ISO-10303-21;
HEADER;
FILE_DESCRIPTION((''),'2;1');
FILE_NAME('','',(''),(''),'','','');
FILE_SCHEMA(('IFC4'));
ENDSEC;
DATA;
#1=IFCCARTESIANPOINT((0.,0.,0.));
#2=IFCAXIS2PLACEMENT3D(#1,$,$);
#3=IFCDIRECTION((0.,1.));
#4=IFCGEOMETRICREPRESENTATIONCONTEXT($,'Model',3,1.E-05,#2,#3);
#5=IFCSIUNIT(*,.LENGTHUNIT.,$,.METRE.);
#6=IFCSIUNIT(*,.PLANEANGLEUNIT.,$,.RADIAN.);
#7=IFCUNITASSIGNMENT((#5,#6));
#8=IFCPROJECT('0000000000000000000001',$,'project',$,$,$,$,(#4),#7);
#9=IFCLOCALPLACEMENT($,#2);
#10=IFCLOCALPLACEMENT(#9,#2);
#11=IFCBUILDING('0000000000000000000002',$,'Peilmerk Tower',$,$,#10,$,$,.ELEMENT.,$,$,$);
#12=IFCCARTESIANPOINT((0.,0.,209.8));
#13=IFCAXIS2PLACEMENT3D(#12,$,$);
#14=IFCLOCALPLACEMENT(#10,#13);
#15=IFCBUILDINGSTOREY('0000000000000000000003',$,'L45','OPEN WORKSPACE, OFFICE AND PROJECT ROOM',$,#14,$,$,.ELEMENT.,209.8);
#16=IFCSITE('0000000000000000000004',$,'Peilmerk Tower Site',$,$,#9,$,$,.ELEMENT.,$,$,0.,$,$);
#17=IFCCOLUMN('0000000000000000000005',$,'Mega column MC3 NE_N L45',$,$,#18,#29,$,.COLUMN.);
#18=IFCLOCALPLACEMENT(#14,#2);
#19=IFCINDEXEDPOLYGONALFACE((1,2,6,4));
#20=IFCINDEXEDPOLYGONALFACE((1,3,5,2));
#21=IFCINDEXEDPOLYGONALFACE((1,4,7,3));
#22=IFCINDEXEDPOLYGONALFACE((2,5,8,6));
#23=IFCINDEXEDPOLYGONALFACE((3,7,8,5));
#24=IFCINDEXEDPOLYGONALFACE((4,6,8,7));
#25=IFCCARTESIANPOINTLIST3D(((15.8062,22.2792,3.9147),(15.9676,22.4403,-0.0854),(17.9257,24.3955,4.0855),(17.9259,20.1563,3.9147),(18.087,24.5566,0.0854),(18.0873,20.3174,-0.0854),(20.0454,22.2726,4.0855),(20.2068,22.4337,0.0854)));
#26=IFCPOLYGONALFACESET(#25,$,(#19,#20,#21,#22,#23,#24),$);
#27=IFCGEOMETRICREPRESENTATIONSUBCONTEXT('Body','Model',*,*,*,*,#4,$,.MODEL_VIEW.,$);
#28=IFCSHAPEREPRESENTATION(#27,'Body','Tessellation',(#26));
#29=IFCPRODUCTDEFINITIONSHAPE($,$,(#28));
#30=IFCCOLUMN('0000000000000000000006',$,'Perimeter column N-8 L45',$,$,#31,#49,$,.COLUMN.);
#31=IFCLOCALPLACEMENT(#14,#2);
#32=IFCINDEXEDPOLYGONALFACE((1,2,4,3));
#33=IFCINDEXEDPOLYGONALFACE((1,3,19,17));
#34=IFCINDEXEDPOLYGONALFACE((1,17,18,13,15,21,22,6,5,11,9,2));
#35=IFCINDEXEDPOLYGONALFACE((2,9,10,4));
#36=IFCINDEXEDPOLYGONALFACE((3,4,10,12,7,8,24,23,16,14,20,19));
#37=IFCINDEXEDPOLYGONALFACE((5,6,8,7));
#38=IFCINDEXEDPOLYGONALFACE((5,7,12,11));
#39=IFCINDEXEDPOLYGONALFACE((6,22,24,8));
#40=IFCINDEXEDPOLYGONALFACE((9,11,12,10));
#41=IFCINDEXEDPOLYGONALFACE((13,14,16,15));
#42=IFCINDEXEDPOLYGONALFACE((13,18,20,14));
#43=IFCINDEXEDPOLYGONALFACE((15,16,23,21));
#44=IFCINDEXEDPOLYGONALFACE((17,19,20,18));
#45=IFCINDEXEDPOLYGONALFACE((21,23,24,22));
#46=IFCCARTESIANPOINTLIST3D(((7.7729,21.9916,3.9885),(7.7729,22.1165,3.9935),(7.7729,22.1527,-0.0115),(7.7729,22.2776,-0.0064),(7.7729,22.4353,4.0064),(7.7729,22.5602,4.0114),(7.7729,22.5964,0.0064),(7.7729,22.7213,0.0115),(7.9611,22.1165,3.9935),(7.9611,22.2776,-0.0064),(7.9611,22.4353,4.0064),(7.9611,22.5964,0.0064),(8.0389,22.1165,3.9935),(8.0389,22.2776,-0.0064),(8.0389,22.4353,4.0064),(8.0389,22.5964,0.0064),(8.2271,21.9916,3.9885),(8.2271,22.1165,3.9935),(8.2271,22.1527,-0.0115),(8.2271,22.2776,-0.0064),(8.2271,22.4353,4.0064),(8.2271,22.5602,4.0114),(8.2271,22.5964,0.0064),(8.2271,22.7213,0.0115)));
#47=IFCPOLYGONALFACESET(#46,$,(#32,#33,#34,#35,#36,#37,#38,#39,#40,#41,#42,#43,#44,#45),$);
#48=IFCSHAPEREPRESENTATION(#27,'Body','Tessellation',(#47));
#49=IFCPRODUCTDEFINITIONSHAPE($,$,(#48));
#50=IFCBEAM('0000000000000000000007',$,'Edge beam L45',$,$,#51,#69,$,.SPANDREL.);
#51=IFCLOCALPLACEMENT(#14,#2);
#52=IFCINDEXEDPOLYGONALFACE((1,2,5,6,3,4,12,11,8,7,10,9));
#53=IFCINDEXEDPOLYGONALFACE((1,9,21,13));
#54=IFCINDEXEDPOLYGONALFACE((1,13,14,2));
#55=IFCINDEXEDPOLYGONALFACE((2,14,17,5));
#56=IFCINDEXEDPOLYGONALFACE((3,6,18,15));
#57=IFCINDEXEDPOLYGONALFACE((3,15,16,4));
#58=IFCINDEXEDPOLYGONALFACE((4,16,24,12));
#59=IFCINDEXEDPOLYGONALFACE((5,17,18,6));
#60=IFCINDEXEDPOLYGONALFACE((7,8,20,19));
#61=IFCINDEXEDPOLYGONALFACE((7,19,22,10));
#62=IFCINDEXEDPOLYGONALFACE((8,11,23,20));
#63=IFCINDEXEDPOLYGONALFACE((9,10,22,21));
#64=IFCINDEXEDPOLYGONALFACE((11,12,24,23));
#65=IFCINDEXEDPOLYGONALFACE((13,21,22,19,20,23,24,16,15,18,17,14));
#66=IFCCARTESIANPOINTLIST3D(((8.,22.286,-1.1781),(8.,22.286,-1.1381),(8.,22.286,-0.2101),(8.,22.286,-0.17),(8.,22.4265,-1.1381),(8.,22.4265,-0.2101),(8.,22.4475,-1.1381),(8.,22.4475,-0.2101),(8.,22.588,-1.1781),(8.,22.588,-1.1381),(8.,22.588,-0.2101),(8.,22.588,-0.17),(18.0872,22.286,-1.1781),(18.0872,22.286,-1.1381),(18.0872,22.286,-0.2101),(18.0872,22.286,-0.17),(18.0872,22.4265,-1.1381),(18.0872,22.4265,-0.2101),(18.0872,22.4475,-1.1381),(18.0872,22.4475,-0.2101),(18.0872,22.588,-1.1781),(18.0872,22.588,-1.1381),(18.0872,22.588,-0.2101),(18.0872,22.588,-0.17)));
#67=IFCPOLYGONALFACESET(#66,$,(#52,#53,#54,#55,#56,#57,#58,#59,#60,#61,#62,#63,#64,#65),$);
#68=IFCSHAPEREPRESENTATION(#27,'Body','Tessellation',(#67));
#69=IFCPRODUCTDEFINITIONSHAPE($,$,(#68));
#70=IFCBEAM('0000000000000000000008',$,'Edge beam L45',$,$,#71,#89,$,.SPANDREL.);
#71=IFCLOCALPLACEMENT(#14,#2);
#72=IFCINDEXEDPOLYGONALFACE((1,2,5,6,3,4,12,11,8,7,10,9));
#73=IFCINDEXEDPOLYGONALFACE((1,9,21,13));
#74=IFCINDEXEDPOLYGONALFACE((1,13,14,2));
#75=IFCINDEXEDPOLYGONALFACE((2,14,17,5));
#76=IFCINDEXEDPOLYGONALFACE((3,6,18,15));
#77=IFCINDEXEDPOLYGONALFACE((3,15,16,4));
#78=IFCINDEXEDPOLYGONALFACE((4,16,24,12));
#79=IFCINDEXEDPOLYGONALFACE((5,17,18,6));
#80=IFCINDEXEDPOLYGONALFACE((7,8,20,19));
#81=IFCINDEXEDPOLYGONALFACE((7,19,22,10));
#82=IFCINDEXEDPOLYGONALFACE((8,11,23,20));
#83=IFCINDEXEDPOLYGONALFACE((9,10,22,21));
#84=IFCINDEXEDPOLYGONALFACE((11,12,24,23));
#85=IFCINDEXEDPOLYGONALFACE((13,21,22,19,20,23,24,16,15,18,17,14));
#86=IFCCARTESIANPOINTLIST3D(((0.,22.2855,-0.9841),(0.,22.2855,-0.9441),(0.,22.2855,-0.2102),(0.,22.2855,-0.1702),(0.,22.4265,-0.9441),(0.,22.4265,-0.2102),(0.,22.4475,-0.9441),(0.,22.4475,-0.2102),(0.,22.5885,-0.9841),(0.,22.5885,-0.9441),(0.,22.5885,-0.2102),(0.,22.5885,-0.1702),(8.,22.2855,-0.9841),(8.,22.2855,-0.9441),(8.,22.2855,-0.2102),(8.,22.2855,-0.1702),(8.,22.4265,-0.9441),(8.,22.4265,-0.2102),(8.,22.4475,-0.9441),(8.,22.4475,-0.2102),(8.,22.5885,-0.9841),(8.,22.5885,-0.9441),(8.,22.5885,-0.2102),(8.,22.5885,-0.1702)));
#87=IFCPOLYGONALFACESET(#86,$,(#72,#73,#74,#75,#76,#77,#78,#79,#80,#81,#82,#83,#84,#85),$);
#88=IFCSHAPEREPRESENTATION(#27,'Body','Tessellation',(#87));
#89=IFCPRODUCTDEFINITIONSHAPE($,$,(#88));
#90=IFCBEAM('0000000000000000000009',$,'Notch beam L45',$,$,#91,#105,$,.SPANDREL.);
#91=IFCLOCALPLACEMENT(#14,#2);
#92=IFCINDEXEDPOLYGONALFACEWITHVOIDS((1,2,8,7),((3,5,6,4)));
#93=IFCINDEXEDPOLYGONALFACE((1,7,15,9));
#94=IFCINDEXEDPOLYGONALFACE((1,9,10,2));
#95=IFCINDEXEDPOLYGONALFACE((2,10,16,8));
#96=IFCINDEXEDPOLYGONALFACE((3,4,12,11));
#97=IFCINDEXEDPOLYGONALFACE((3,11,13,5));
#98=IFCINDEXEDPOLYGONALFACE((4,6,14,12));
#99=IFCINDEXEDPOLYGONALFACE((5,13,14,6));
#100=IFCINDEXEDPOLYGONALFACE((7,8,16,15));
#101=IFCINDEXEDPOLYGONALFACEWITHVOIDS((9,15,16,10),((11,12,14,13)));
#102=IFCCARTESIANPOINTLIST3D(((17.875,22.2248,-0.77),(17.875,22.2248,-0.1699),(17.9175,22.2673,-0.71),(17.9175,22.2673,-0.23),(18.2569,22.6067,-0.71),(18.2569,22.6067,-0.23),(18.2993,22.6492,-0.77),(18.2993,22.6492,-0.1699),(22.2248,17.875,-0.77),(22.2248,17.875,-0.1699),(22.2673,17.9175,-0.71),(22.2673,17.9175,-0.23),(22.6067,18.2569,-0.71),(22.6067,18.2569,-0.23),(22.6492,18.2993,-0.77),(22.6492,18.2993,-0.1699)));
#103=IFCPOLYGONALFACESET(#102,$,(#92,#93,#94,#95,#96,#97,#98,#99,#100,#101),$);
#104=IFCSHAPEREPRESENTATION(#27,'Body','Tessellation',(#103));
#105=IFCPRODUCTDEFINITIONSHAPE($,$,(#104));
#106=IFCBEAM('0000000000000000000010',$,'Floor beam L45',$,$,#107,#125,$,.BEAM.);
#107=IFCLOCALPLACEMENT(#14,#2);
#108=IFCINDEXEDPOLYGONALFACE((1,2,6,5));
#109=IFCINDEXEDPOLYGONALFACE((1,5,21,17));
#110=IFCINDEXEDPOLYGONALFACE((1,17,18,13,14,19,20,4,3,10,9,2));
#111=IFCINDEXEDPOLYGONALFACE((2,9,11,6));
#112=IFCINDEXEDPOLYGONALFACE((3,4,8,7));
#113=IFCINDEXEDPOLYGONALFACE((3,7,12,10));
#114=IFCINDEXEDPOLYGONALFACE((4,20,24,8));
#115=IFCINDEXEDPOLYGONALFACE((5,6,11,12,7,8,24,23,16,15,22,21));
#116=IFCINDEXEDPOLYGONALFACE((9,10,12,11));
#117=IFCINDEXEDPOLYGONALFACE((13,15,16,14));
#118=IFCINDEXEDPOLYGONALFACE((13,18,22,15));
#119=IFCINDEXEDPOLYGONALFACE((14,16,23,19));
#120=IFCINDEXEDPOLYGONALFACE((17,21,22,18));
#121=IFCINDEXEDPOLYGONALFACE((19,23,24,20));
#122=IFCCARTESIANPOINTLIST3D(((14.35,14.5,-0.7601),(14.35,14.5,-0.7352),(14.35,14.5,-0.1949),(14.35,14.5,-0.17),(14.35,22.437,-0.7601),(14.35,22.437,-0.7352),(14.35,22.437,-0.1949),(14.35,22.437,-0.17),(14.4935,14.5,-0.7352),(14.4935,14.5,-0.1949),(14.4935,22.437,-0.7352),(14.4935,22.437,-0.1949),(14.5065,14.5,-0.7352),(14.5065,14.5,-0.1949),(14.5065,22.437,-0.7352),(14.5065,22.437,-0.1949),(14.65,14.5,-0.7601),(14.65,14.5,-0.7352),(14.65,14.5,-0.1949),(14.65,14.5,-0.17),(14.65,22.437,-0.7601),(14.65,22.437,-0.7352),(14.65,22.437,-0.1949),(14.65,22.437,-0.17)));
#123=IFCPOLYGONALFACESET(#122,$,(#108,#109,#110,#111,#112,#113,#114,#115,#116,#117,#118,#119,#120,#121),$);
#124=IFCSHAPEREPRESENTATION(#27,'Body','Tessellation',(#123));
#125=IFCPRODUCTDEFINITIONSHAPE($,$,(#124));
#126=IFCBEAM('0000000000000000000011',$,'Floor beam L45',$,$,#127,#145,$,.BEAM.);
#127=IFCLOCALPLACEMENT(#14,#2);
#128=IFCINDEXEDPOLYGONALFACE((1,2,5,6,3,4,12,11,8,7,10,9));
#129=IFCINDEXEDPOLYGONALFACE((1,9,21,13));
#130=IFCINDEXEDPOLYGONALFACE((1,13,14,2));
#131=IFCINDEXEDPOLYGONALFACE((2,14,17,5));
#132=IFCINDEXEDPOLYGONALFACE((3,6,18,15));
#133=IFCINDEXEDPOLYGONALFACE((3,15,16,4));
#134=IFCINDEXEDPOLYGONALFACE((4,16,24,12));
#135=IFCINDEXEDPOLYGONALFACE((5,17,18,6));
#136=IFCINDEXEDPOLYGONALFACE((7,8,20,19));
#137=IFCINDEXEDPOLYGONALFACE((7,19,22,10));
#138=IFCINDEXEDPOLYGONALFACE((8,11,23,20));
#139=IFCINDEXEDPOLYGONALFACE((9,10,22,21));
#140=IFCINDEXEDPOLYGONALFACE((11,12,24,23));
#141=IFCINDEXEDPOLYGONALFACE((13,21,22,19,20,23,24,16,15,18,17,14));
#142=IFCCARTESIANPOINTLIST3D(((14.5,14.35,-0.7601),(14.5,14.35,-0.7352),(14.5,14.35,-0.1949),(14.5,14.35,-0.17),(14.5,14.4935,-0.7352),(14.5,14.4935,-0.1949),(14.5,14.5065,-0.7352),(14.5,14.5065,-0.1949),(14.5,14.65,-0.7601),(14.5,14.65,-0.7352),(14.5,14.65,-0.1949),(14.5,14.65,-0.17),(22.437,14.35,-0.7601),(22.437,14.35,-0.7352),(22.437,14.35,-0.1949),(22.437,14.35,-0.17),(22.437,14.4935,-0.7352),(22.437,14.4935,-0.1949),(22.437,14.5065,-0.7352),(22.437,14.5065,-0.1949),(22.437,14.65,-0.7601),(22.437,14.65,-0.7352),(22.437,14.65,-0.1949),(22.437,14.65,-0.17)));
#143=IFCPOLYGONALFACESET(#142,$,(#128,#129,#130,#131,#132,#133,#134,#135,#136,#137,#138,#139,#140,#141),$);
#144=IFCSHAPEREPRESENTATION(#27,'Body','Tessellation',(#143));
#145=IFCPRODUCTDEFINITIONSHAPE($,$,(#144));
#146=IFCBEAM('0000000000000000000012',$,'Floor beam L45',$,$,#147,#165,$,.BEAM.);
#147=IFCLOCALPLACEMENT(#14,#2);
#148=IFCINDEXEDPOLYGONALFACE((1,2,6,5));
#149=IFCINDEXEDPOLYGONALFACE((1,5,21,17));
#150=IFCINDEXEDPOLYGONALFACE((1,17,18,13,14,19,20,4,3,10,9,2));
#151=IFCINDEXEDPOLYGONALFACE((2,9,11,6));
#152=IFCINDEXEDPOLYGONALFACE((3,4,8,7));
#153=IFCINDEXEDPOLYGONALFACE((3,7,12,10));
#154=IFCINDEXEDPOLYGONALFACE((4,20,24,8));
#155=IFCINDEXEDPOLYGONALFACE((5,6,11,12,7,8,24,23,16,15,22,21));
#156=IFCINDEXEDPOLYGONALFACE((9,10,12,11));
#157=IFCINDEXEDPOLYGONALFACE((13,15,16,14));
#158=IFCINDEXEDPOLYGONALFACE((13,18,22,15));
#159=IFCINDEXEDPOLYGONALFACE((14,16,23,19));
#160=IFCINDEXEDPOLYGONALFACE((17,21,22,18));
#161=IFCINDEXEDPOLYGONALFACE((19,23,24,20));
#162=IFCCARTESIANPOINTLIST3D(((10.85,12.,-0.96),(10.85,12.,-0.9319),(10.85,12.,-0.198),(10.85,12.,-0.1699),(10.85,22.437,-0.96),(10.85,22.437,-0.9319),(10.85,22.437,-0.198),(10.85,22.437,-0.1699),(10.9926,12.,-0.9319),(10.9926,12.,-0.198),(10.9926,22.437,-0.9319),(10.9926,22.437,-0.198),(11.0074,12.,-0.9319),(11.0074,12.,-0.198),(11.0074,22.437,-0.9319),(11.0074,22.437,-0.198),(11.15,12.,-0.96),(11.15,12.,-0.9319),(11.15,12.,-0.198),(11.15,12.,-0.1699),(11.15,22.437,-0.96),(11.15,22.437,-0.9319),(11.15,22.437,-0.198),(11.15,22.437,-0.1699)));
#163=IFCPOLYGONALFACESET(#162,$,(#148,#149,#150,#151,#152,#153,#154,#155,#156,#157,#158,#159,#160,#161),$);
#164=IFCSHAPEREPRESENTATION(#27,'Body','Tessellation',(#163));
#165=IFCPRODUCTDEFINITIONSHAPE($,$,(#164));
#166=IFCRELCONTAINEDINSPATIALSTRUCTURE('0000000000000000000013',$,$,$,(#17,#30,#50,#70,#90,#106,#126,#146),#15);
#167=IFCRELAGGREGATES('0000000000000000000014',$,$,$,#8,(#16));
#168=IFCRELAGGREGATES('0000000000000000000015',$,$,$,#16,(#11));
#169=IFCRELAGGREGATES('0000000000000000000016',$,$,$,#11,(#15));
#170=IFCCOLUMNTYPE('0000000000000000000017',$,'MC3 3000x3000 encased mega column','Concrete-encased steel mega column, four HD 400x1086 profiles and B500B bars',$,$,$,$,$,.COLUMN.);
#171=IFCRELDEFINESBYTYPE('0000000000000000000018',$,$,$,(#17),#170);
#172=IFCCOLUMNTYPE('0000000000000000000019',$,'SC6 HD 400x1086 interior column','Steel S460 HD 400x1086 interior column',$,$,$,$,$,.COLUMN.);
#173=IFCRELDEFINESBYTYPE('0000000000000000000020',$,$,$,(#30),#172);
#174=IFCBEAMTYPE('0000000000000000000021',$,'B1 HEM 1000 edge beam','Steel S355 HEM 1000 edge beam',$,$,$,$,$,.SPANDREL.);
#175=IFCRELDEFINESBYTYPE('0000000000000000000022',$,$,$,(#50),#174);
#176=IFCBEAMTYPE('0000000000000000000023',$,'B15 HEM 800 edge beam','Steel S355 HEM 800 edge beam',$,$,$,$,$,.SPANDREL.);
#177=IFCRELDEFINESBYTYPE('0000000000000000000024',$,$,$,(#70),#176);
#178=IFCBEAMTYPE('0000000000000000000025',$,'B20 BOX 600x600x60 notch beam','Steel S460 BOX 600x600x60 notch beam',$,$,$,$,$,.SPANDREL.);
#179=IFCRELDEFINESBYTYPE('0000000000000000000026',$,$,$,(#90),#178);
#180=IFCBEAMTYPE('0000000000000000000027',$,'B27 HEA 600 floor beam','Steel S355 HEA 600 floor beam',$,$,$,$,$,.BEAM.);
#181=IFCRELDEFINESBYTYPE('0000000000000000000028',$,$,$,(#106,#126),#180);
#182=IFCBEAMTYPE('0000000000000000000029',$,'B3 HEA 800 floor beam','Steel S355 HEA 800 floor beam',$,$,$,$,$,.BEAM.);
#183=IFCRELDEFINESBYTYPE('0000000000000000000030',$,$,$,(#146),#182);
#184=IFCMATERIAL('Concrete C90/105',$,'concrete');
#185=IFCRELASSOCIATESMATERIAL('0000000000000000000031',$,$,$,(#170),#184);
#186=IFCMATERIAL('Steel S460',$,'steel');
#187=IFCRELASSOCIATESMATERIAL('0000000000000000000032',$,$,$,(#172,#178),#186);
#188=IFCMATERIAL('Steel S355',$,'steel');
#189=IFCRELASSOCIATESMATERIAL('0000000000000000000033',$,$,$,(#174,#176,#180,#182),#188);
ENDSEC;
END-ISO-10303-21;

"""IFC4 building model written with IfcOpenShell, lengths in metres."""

from ifc_helpers import new_model, si_unit, direction, frame, origin, origin_2d, place, context, subcontext, project, spatial, rectangle, hollow_rectangle, i_section, extrude, material, material_profile, profile_set, type_object, element, save


model = new_model("IFC4")

# Units and contexts
model_context = context("Model", 3, precision=1e-05, world=origin(), true_north=direction((0.0, 1.0)))
body_context = subcontext(model_context, "Body", "Model", "MODEL_VIEW")
ifc_project = project(units=[si_unit("LENGTHUNIT", "METRE"), si_unit("PLANEANGLEUNIT", "RADIAN")], contexts=[model_context])

# Site, building, storey
site_placement = place(None, origin())
site = spatial("IfcSite", under=ifc_project, at=site_placement, Name="Peilmerk Tower Site", CompositionType="ELEMENT", RefElevation=0.0)
building_placement = place(site_placement, origin())
building = spatial("IfcBuilding", under=site, at=building_placement, Name="Peilmerk Tower", CompositionType="ELEMENT")
storey_placement = place(building_placement, frame((0.0, 0.0, 209.8)))
storey = spatial("IfcBuildingStorey", under=building, at=storey_placement, Name="L45", Description="OPEN WORKSPACE, OFFICE AND PROJECT ROOM", CompositionType="ELEMENT", Elevation=209.8)

# Columns
ifc_material_1 = material(Name="Concrete C90/105", Category="concrete")
ifc_material_profile_1 = material_profile(ifc_material_1, rectangle(XDim=3.0, YDim=3.0, at=origin_2d()), Name="RC 3000x3000")
ifc_profile_set_1 = profile_set([ifc_material_profile_1], Name="Concrete C90/105")
column_type_1 = type_object("IfcColumnType", Name="MC3 3000x3000 encased mega column", Description="Concrete-encased steel mega column, four HD 400x1086 profiles and B500B bars", PredefinedType="COLUMN", material=ifc_profile_set_1)
column_1_placement = place(storey_placement, frame((18.0872, 22.437, 0.0), z_axis=(-0.040279, -0.040218, 0.998379), x_axis=(0.706571, -0.707642, 0.0)))
element("IfcColumn", 1, at=column_1_placement, inside=storey, type_object=column_type_1, Name="Mega column MC3 NE_N L45", PredefinedType="COLUMN", context=body_context, shape_type="SweptSolid", body=[
    extrude(rectangle(XDim=3.0, YDim=3.0, at=origin_2d()), origin(), (0.0, 0.0, 1.0), 4.0066),
])
ifc_material_2 = material(Name="Steel S460", Category="steel")
ifc_material_profile_2 = material_profile(ifc_material_2, i_section(OverallWidth=0.4541, OverallDepth=0.5691, WebThickness=0.0779, FlangeThickness=0.125, at=origin_2d()), Name="HD 400x1086")
ifc_profile_set_2 = profile_set([ifc_material_profile_2], Name="Steel S460")
column_type_2 = type_object("IfcColumnType", Name="SC6 HD 400x1086 interior column", Description="Steel S460 HD 400x1086 interior column", PredefinedType="COLUMN", material=ifc_profile_set_2)
column_2_placement = place(storey_placement, frame((8.0, 22.437, 0.0), z_axis=(0.0, -0.040251, 0.99919), x_axis=(1.0, 0.0, 0.0)))
element("IfcColumn", 2, at=column_2_placement, inside=storey, type_object=column_type_2, Name="Perimeter column N-8 L45", PredefinedType="COLUMN", context=body_context, shape_type="SweptSolid", body=[
    extrude(i_section(OverallWidth=0.4541, OverallDepth=0.5691, WebThickness=0.0779, FlangeThickness=0.125, at=origin_2d()), origin(), (0.0, 0.0, 1.0), 4.0032),
])

# Beams
ifc_material_3 = material(Name="Steel S355", Category="steel")
ifc_material_profile_3 = material_profile(ifc_material_3, i_section(OverallWidth=0.302, OverallDepth=1.0081, WebThickness=0.021, FlangeThickness=0.04, at=origin_2d()), Name="HEM 1000")
ifc_profile_set_3 = profile_set([ifc_material_profile_3], Name="Steel S355")
beam_type_1 = type_object("IfcBeamType", Name="B1 HEM 1000 edge beam", Description="Steel S355 HEM 1000 edge beam", PredefinedType="SPANDREL", material=ifc_profile_set_3)
beam_1_placement = place(storey_placement, frame((18.0872, 22.437, -0.6741), z_axis=(-1.0, 0.0, 0.0), x_axis=(0.0, -1.0, 0.0)))
element("IfcBeam", 3, at=beam_1_placement, inside=storey, type_object=beam_type_1, Name="Edge beam L45", PredefinedType="SPANDREL", context=body_context, shape_type="SweptSolid", body=[
    extrude(i_section(OverallWidth=0.302, OverallDepth=1.0081, WebThickness=0.021, FlangeThickness=0.04, at=origin_2d()), origin(), (0.0, 0.0, 1.0), 10.0872),
])
ifc_material_profile_4 = material_profile(ifc_material_3, i_section(OverallWidth=0.303, OverallDepth=0.814, WebThickness=0.021, FlangeThickness=0.04, at=origin_2d()), Name="HEM 800")
ifc_profile_set_4 = profile_set([ifc_material_profile_4], Name="Steel S355")
beam_type_2 = type_object("IfcBeamType", Name="B15 HEM 800 edge beam", Description="Steel S355 HEM 800 edge beam", PredefinedType="SPANDREL", material=ifc_profile_set_4)
beam_2_placement = place(storey_placement, frame((8.0, 22.437, -0.5771), z_axis=(-1.0, 0.0, 0.0), x_axis=(0.0, -1.0, 0.0)))
element("IfcBeam", 4, at=beam_2_placement, inside=storey, type_object=beam_type_2, Name="Edge beam L45", PredefinedType="SPANDREL", context=body_context, shape_type="SweptSolid", body=[
    extrude(i_section(OverallWidth=0.303, OverallDepth=0.814, WebThickness=0.021, FlangeThickness=0.04, at=origin_2d()), origin(), (0.0, 0.0, 1.0), 8.0),
])
ifc_material_profile_5 = material_profile(ifc_material_2, hollow_rectangle(XDim=0.6001, YDim=0.6001, WallThickness=0.0601, at=origin_2d()), Name="BOX 600x600x60")
ifc_profile_set_5 = profile_set([ifc_material_profile_5], Name="Steel S460")
beam_type_3 = type_object("IfcBeamType", Name="B20 BOX 600x600x60 notch beam", Description="Steel S460 BOX 600x600x60 notch beam", PredefinedType="SPANDREL", material=ifc_profile_set_5)
beam_3_placement = place(storey_placement, frame((18.0872, 22.437, -0.47), z_axis=(0.707107, -0.707107, 0.0), x_axis=(0.707107, 0.707107, 0.0)))
element("IfcBeam", 5, at=beam_3_placement, inside=storey, type_object=beam_type_3, Name="Notch beam L45", PredefinedType="SPANDREL", context=body_context, shape_type="SweptSolid", body=[
    extrude(hollow_rectangle(XDim=0.6001, YDim=0.6001, WallThickness=0.0601, at=origin_2d()), origin(), (0.0, 0.0, 1.0), 6.1516),
])
ifc_material_profile_6 = material_profile(ifc_material_3, i_section(OverallWidth=0.3, OverallDepth=0.5901, WebThickness=0.0129, FlangeThickness=0.0249, at=origin_2d()), Name="HEA 600")
ifc_profile_set_6 = profile_set([ifc_material_profile_6], Name="Steel S355")
beam_type_4 = type_object("IfcBeamType", Name="B27 HEA 600 floor beam", Description="Steel S355 HEA 600 floor beam", PredefinedType="BEAM", material=ifc_profile_set_6)
for number, where, z_axis, x_axis, name in (
    (6, (14.5, 14.5, -0.4651), (0.0, 1.0, 0.0), (-1.0, 0.0, 0.0), "Floor beam L45"),
    (7, (14.5, 14.5, -0.4651), (1.0, 0.0, 0.0), (0.0, 1.0, 0.0), "Floor beam L45"),
):
    element("IfcBeam", number, at=place(storey_placement, frame(where, z_axis=z_axis, x_axis=x_axis)), inside=storey, type_object=beam_type_4, Name=name, PredefinedType="BEAM", context=body_context, shape_type="SweptSolid", body=[
        extrude(i_section(OverallWidth=0.3, OverallDepth=0.5901, WebThickness=0.0129, FlangeThickness=0.0249, at=origin_2d()), origin(), (0.0, 0.0, 1.0), 7.937),
    ])
ifc_material_profile_7 = material_profile(ifc_material_3, i_section(OverallWidth=0.3, OverallDepth=0.79, WebThickness=0.0149, FlangeThickness=0.0281, at=origin_2d()), Name="HEA 800")
ifc_profile_set_7 = profile_set([ifc_material_profile_7], Name="Steel S355")
beam_type_5 = type_object("IfcBeamType", Name="B3 HEA 800 floor beam", Description="Steel S355 HEA 800 floor beam", PredefinedType="BEAM", material=ifc_profile_set_7)
for number, where, z_axis, x_axis, name in (
    (8, (11.0, 12.0, -0.5649), (0.0, 1.0, 0.0), (-1.0, 0.0, 0.0), "Floor beam L45"),
):
    element("IfcBeam", number, at=place(storey_placement, frame(where, z_axis=z_axis, x_axis=x_axis)), inside=storey, type_object=beam_type_5, Name=name, PredefinedType="BEAM", context=body_context, shape_type="SweptSolid", body=[
        extrude(i_section(OverallWidth=0.3, OverallDepth=0.79, WebThickness=0.0149, FlangeThickness=0.0281, at=origin_2d()), origin(), (0.0, 0.0, 1.0), 10.437),
    ])

save(model, "model.ifc")
